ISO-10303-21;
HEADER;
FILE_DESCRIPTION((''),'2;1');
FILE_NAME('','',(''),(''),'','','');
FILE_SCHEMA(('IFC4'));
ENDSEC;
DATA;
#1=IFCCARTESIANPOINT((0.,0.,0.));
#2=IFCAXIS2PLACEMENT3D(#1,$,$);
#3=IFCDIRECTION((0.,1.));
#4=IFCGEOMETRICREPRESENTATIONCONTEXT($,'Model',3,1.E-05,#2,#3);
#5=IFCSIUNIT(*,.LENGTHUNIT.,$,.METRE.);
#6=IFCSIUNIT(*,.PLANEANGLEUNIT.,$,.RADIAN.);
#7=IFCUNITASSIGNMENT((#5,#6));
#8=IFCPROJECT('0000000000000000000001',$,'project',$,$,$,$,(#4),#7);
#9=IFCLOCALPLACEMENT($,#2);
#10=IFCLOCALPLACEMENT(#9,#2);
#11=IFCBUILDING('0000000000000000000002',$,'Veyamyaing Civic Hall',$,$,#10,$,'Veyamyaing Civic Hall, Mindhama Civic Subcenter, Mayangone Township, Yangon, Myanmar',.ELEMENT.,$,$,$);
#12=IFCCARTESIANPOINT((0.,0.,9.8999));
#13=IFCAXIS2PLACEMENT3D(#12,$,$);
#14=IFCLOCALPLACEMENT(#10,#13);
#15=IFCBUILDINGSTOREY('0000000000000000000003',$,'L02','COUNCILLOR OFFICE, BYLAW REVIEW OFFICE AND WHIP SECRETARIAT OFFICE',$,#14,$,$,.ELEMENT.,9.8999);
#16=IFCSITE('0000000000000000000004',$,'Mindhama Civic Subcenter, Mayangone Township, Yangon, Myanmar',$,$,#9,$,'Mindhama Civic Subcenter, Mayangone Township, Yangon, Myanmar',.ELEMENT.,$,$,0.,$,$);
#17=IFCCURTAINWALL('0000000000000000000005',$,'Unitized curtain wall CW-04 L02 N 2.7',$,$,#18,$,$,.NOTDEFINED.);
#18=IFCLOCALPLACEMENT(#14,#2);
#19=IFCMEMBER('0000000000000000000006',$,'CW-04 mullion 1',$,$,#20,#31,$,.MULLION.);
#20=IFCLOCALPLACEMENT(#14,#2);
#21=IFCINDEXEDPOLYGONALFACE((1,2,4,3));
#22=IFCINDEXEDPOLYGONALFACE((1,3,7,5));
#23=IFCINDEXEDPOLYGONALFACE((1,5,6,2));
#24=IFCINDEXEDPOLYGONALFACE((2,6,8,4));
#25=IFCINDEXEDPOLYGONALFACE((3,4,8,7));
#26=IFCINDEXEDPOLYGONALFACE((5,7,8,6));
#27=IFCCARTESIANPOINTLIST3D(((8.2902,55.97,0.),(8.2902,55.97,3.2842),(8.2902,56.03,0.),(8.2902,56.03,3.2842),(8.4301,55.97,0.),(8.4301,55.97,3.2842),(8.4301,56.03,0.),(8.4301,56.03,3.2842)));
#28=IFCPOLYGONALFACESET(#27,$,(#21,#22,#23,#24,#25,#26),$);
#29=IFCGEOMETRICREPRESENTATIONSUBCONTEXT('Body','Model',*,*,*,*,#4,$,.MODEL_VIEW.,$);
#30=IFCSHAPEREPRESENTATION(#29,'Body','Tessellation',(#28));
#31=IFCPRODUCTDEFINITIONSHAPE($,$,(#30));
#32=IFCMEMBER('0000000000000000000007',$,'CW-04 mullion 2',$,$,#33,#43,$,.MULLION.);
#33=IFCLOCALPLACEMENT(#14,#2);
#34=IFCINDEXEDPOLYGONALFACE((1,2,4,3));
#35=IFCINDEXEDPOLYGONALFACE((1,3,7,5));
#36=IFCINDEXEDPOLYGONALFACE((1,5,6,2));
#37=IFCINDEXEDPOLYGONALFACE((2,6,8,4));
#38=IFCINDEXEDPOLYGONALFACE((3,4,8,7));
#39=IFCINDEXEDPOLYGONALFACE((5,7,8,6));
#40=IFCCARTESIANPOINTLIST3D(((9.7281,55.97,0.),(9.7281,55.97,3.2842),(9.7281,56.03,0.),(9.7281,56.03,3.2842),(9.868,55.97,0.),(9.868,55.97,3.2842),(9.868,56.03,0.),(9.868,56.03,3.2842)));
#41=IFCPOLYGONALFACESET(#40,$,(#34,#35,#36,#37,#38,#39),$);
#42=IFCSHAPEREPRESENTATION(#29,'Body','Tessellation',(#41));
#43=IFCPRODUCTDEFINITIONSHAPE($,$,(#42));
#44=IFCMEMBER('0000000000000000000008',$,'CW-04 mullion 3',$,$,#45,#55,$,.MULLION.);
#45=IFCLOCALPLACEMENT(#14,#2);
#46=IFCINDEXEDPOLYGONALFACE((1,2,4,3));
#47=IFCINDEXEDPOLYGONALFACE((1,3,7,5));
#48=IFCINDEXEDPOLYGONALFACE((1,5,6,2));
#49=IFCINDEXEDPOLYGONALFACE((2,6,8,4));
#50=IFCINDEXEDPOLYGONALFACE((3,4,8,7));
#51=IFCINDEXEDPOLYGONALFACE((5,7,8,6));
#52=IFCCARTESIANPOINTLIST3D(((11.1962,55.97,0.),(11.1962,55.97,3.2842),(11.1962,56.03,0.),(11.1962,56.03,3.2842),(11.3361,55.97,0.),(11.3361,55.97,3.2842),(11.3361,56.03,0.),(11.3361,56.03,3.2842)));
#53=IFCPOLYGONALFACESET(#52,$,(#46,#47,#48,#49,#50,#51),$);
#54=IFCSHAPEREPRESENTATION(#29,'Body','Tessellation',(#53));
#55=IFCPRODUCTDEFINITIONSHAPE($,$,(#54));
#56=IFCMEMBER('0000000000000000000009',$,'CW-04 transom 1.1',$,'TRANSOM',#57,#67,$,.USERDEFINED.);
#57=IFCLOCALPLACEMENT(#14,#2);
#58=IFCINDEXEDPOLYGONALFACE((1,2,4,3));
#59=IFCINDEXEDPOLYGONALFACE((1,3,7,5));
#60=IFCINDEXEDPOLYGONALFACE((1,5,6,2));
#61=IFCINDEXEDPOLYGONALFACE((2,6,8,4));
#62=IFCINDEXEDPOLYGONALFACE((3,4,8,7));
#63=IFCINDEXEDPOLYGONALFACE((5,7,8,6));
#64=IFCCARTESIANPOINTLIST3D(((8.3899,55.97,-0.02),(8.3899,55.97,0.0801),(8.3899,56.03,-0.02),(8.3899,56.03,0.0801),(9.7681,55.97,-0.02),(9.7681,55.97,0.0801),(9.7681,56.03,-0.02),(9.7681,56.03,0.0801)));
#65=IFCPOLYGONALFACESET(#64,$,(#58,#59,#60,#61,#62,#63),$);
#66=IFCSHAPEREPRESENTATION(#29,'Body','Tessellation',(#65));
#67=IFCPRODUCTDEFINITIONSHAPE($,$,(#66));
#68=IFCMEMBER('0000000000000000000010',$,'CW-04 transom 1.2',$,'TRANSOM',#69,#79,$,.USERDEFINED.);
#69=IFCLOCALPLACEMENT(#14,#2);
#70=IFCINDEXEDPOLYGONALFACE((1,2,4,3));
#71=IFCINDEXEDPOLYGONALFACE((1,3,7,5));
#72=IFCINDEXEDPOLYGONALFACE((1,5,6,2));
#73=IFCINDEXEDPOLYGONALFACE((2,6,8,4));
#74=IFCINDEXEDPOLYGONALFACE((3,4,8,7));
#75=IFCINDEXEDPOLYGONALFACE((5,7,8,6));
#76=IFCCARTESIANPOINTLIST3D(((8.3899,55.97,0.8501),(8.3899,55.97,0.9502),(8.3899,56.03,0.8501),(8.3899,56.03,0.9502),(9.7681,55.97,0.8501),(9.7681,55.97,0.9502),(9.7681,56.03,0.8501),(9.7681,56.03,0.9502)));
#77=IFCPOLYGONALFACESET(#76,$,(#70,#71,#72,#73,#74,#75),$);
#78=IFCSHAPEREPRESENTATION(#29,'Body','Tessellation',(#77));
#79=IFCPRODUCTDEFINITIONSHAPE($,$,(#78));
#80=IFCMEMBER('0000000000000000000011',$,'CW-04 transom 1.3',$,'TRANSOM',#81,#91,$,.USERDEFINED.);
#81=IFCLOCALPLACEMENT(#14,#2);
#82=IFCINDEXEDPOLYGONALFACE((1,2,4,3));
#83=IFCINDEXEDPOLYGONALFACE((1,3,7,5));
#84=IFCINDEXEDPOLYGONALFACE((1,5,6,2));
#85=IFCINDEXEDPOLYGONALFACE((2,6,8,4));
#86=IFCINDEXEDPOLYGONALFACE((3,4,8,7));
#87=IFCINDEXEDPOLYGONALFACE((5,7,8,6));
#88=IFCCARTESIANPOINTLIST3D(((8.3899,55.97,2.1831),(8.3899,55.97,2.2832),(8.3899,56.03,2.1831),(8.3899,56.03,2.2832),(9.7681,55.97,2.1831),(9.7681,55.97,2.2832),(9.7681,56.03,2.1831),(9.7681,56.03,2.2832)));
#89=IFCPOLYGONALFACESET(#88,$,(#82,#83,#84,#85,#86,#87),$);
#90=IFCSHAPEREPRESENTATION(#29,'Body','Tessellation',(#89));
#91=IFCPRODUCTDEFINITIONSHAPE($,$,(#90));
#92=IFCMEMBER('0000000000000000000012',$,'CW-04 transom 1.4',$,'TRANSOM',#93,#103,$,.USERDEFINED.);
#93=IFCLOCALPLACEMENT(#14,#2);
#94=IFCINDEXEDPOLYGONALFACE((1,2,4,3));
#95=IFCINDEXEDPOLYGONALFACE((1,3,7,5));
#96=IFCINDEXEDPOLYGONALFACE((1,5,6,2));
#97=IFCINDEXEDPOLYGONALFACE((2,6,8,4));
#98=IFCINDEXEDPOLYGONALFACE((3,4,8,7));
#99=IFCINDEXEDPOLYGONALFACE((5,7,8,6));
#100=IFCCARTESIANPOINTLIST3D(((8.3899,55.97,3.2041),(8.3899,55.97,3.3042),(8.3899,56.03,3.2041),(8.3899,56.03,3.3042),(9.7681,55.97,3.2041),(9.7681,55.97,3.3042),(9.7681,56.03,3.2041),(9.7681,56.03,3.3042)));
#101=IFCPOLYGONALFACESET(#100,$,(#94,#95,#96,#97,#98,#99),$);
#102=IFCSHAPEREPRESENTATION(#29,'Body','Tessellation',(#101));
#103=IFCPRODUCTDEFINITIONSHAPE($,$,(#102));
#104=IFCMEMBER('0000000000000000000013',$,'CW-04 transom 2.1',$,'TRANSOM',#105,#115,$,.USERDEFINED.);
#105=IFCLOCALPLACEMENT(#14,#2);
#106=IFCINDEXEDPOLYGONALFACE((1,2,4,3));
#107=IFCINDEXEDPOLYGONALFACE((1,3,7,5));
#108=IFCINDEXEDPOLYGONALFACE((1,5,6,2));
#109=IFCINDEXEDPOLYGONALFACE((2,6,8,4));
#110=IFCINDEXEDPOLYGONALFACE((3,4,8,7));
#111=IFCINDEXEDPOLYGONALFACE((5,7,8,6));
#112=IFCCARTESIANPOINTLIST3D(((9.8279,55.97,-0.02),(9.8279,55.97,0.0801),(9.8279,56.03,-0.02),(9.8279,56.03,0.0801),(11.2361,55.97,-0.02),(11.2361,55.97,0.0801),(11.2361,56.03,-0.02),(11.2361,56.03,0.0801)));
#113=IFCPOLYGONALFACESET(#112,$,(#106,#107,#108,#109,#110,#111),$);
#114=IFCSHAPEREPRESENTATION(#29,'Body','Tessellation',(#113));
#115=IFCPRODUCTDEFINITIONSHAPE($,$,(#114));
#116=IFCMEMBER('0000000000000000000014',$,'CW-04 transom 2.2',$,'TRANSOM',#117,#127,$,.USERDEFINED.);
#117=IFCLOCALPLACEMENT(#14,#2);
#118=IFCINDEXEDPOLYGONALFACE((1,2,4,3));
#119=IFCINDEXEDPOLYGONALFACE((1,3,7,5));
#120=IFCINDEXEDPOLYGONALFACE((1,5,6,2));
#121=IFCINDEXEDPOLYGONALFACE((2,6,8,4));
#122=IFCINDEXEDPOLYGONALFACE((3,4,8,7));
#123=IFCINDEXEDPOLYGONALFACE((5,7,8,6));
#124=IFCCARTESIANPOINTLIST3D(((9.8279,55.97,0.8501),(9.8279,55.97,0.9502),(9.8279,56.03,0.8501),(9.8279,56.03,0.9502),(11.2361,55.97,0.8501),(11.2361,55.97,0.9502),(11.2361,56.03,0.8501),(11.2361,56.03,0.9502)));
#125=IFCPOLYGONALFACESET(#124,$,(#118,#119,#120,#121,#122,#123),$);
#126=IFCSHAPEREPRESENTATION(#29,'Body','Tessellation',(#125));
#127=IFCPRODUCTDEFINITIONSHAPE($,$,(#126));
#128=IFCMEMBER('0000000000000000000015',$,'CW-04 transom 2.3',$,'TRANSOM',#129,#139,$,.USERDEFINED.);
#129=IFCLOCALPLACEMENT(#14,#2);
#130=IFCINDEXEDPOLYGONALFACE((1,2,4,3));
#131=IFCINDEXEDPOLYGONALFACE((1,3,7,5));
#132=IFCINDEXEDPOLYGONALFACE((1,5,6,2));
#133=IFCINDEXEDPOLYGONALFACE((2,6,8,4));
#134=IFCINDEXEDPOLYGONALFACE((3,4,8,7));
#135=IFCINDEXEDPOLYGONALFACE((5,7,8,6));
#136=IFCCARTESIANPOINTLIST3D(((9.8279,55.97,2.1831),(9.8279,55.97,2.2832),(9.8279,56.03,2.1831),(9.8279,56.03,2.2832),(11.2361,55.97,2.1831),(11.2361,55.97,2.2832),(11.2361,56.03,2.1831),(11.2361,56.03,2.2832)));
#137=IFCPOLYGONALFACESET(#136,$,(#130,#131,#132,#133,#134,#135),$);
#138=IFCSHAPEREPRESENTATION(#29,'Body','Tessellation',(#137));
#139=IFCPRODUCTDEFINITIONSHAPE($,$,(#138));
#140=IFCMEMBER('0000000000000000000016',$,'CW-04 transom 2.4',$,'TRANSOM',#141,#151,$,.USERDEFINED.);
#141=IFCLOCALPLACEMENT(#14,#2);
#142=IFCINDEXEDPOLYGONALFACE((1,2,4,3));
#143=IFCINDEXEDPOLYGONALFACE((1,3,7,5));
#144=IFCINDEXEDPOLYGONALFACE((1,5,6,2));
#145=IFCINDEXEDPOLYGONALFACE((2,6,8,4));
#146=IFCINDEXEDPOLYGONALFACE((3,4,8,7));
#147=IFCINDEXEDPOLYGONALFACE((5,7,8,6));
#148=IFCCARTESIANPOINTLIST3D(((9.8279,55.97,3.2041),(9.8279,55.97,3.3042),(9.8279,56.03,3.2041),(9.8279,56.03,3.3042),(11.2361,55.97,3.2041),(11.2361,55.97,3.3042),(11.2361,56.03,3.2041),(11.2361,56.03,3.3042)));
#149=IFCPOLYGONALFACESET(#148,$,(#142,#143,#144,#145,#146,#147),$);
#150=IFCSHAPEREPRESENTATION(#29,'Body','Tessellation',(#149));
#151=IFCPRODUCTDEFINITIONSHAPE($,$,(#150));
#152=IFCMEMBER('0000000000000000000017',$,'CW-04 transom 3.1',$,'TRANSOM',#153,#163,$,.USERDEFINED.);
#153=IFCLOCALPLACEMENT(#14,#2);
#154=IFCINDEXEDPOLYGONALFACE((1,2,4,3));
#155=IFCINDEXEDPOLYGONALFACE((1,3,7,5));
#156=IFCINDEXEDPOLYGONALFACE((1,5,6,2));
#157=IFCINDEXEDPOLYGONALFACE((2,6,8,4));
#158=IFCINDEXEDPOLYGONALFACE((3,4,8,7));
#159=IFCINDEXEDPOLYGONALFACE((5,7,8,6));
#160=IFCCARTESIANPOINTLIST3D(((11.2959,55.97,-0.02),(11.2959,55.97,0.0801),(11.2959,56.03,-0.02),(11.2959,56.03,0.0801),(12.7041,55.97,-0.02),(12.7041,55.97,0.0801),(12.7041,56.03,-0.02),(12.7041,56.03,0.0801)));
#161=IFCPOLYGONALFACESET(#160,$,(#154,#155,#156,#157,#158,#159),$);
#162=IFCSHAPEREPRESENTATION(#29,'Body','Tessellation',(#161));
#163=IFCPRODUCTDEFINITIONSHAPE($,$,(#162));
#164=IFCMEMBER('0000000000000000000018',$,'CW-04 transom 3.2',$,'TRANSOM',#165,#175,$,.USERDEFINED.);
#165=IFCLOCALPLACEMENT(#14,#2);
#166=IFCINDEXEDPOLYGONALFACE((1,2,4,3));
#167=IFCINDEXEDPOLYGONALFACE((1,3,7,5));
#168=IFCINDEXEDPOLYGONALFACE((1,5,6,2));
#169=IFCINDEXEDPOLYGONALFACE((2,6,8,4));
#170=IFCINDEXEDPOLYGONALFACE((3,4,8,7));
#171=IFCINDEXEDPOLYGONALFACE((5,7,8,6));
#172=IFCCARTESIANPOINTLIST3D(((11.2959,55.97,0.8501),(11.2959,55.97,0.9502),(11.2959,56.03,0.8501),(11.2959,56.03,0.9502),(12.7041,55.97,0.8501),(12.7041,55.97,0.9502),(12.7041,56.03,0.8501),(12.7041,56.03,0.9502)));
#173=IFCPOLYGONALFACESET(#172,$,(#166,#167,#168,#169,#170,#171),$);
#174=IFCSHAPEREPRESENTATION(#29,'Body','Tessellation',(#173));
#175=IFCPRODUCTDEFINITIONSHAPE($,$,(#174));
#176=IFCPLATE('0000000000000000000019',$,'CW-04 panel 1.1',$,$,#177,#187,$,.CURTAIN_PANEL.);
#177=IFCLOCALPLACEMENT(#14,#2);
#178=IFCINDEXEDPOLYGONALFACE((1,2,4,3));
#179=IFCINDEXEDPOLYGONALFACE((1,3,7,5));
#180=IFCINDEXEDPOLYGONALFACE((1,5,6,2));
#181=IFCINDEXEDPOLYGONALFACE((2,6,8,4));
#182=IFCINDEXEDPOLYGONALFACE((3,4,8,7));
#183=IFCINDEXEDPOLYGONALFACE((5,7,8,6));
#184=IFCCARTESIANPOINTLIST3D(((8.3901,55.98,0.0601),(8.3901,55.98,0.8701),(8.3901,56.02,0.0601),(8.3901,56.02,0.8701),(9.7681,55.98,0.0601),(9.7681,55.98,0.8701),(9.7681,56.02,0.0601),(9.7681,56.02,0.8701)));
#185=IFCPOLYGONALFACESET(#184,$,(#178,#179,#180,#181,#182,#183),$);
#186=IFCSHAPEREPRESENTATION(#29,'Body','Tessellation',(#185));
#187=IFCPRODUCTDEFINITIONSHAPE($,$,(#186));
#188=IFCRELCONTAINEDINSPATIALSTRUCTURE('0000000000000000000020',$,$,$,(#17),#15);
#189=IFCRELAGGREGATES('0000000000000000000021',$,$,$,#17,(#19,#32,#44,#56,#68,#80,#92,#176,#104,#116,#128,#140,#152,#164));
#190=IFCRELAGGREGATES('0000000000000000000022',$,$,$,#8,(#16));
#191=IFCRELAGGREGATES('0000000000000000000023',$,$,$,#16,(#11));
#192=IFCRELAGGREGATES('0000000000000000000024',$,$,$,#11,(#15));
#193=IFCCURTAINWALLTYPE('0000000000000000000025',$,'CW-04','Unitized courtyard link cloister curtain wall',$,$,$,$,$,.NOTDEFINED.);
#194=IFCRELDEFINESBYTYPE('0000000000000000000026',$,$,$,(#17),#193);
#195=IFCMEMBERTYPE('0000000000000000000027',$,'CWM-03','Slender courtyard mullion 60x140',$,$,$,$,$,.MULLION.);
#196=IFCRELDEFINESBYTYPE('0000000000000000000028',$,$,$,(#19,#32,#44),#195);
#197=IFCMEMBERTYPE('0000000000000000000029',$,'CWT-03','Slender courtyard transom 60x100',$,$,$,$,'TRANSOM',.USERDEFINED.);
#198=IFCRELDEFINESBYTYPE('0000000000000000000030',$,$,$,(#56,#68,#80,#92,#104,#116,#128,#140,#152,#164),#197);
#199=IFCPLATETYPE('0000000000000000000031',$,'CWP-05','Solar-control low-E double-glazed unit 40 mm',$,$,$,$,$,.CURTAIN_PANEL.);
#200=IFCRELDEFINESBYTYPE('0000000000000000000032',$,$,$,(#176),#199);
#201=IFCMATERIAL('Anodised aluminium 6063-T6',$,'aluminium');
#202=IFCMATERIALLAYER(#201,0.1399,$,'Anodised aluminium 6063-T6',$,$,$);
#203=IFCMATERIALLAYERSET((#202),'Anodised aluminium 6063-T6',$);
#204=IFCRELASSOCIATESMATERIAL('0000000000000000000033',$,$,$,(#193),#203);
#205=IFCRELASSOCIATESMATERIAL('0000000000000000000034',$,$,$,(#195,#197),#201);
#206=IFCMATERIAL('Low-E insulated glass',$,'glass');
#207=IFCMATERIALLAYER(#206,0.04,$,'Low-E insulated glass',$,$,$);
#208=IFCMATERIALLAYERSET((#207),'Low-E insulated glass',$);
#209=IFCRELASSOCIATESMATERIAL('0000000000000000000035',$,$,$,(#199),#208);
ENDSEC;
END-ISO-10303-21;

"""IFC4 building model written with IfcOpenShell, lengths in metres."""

from ifc_helpers import new_model, si_unit, direction, frame, origin, origin_2d, place, context, subcontext, project, spatial, rectangle, extrude, material, layer, layer_set, material_profile, profile_set, type_object, element, aggregate, save


model = new_model("IFC4")

# Units and contexts
model_context = context("Model", 3, precision=1e-05, world=origin(), true_north=direction((0.0, 1.0)))
body_context = subcontext(model_context, "Body", "Model", "MODEL_VIEW")
ifc_project = project(units=[si_unit("LENGTHUNIT", "METRE"), si_unit("PLANEANGLEUNIT", "RADIAN")], contexts=[model_context])

# Site, building, storey
site_placement = place(None, origin())
site = spatial("IfcSite", under=ifc_project, at=site_placement, Name="Mindhama Civic Subcenter, Mayangone Township, Yangon, Myanmar", LongName="Mindhama Civic Subcenter, Mayangone Township, Yangon, Myanmar", CompositionType="ELEMENT", RefElevation=0.0)
building_placement = place(site_placement, origin())
building = spatial("IfcBuilding", under=site, at=building_placement, Name="Veyamyaing Civic Hall", LongName="Veyamyaing Civic Hall, Mindhama Civic Subcenter, Mayangone Township, Yangon, Myanmar", CompositionType="ELEMENT")
storey_placement = place(building_placement, frame((0.0, 0.0, 9.8999)))
storey = spatial("IfcBuildingStorey", under=building, at=storey_placement, Name="L02", Description="COUNCILLOR OFFICE, BYLAW REVIEW OFFICE AND WHIP SECRETARIAT OFFICE", CompositionType="ELEMENT", Elevation=9.8999)

# Curtain wall, members, plate
ifc_material_1 = material(Name="Anodised aluminium 6063-T6", Category="aluminium")
ifc_layer_1 = layer(ifc_material_1, 0.1399, Name="Anodised aluminium 6063-T6")
ifc_layer_set_1 = layer_set([ifc_layer_1], Name="Anodised aluminium 6063-T6")
curtain_wall_type = type_object("IfcCurtainWallType", Name="CW-04", Description="Unitized courtyard link cloister curtain wall", PredefinedType="NOTDEFINED", material=ifc_layer_set_1)
curtain_wall_placement = place(storey_placement, origin())
curtain_wall = element("IfcCurtainWall", 1, at=curtain_wall_placement, inside=storey, type_object=curtain_wall_type, Name="Unitized curtain wall CW-04 L02 N 2.7", PredefinedType="NOTDEFINED")
ifc_material_profile_1 = material_profile(ifc_material_1, rectangle(XDim=0.0601, YDim=0.1399, at=origin_2d()), Name="ALU-MUL-60X140")
ifc_profile_set_1 = profile_set([ifc_material_profile_1], Name="Anodised aluminium 6063-T6")
member_type_1 = type_object("IfcMemberType", Name="CWM-03", Description="Slender courtyard mullion 60x140", PredefinedType="MULLION", material=ifc_profile_set_1)
member_1_placement = place(storey_placement, frame((8.3601, 56.0, 0.0), z_axis=(0.0, 0.0, 1.0), x_axis=(0.0, 1.0, 0.0)))
member_1 = element("IfcMember", 2, at=member_1_placement, type_object=member_type_1, Name="CW-04 mullion 1", PredefinedType="MULLION", context=body_context, shape_type="SweptSolid", body=[
    extrude(rectangle(XDim=0.0601, YDim=0.1399, at=origin_2d()), origin(), (0.0, 0.0, 1.0), 3.2842),
])
member_2_placement = place(storey_placement, frame((9.7981, 56.0, 0.0), z_axis=(0.0, 0.0, 1.0), x_axis=(0.0, 1.0, 0.0)))
member_2 = element("IfcMember", 3, at=member_2_placement, type_object=member_type_1, Name="CW-04 mullion 2", PredefinedType="MULLION", context=body_context, shape_type="SweptSolid", body=[
    extrude(rectangle(XDim=0.0601, YDim=0.1399, at=origin_2d()), origin(), (0.0, 0.0, 1.0), 3.2842),
])
member_3_placement = place(storey_placement, frame((11.2661, 56.0, 0.0), z_axis=(0.0, 0.0, 1.0), x_axis=(0.0, 1.0, 0.0)))
member_3 = element("IfcMember", 4, at=member_3_placement, type_object=member_type_1, Name="CW-04 mullion 3", PredefinedType="MULLION", context=body_context, shape_type="SweptSolid", body=[
    extrude(rectangle(XDim=0.0601, YDim=0.1399, at=origin_2d()), origin(), (0.0, 0.0, 1.0), 3.2842),
])
ifc_material_profile_2 = material_profile(ifc_material_1, rectangle(XDim=0.0601, YDim=0.1001, at=origin_2d()), Name="ALU-TRN-60X100")
ifc_profile_set_2 = profile_set([ifc_material_profile_2], Name="Anodised aluminium 6063-T6")
member_type_2 = type_object("IfcMemberType", Name="CWT-03", Description="Slender courtyard transom 60x100", ElementType="TRANSOM", PredefinedType="USERDEFINED", material=ifc_profile_set_2)
member_4_placement = place(storey_placement, frame((8.3899, 56.0, 0.03), z_axis=(1.0, 0.0, 0.0), x_axis=(0.0, 1.0, 0.0)))
member_4 = element("IfcMember", 5, at=member_4_placement, type_object=member_type_2, Name="CW-04 transom 1.1", ObjectType="TRANSOM", PredefinedType="USERDEFINED", context=body_context, shape_type="SweptSolid", body=[
    extrude(rectangle(XDim=0.0601, YDim=0.1001, at=origin_2d()), origin(), (0.0, 0.0, 1.0), 1.3782),
])
member_5_placement = place(storey_placement, frame((8.3899, 56.0, 0.9001), z_axis=(1.0, 0.0, 0.0), x_axis=(0.0, 1.0, 0.0)))
member_5 = element("IfcMember", 6, at=member_5_placement, type_object=member_type_2, Name="CW-04 transom 1.2", ObjectType="TRANSOM", PredefinedType="USERDEFINED", context=body_context, shape_type="SweptSolid", body=[
    extrude(rectangle(XDim=0.0601, YDim=0.1001, at=origin_2d()), origin(), (0.0, 0.0, 1.0), 1.3782),
])
member_6_placement = place(storey_placement, frame((8.3899, 56.0, 2.2332), z_axis=(1.0, 0.0, 0.0), x_axis=(0.0, 1.0, 0.0)))
member_6 = element("IfcMember", 7, at=member_6_placement, type_object=member_type_2, Name="CW-04 transom 1.3", ObjectType="TRANSOM", PredefinedType="USERDEFINED", context=body_context, shape_type="SweptSolid", body=[
    extrude(rectangle(XDim=0.0601, YDim=0.1001, at=origin_2d()), origin(), (0.0, 0.0, 1.0), 1.3782),
])
member_7_placement = place(storey_placement, frame((8.3899, 56.0, 3.2542), z_axis=(1.0, 0.0, 0.0), x_axis=(0.0, 1.0, 0.0)))
member_7 = element("IfcMember", 8, at=member_7_placement, type_object=member_type_2, Name="CW-04 transom 1.4", ObjectType="TRANSOM", PredefinedType="USERDEFINED", context=body_context, shape_type="SweptSolid", body=[
    extrude(rectangle(XDim=0.0601, YDim=0.1001, at=origin_2d()), origin(), (0.0, 0.0, 1.0), 1.3782),
])
member_8_placement = place(storey_placement, frame((9.8279, 56.0, 0.03), z_axis=(1.0, 0.0, 0.0), x_axis=(0.0, 1.0, 0.0)))
member_8 = element("IfcMember", 9, at=member_8_placement, type_object=member_type_2, Name="CW-04 transom 2.1", ObjectType="TRANSOM", PredefinedType="USERDEFINED", context=body_context, shape_type="SweptSolid", body=[
    extrude(rectangle(XDim=0.0601, YDim=0.1001, at=origin_2d()), origin(), (0.0, 0.0, 1.0), 1.4082),
])
member_9_placement = place(storey_placement, frame((9.8279, 56.0, 0.9001), z_axis=(1.0, 0.0, 0.0), x_axis=(0.0, 1.0, 0.0)))
member_9 = element("IfcMember", 10, at=member_9_placement, type_object=member_type_2, Name="CW-04 transom 2.2", ObjectType="TRANSOM", PredefinedType="USERDEFINED", context=body_context, shape_type="SweptSolid", body=[
    extrude(rectangle(XDim=0.0601, YDim=0.1001, at=origin_2d()), origin(), (0.0, 0.0, 1.0), 1.4082),
])
member_10_placement = place(storey_placement, frame((9.8279, 56.0, 2.2332), z_axis=(1.0, 0.0, 0.0), x_axis=(0.0, 1.0, 0.0)))
member_10 = element("IfcMember", 11, at=member_10_placement, type_object=member_type_2, Name="CW-04 transom 2.3", ObjectType="TRANSOM", PredefinedType="USERDEFINED", context=body_context, shape_type="SweptSolid", body=[
    extrude(rectangle(XDim=0.0601, YDim=0.1001, at=origin_2d()), origin(), (0.0, 0.0, 1.0), 1.4082),
])
member_11_placement = place(storey_placement, frame((9.8279, 56.0, 3.2542), z_axis=(1.0, 0.0, 0.0), x_axis=(0.0, 1.0, 0.0)))
member_11 = element("IfcMember", 12, at=member_11_placement, type_object=member_type_2, Name="CW-04 transom 2.4", ObjectType="TRANSOM", PredefinedType="USERDEFINED", context=body_context, shape_type="SweptSolid", body=[
    extrude(rectangle(XDim=0.0601, YDim=0.1001, at=origin_2d()), origin(), (0.0, 0.0, 1.0), 1.4082),
])
member_12_placement = place(storey_placement, frame((11.2959, 56.0, 0.03), z_axis=(1.0, 0.0, 0.0), x_axis=(0.0, 1.0, 0.0)))
member_12 = element("IfcMember", 13, at=member_12_placement, type_object=member_type_2, Name="CW-04 transom 3.1", ObjectType="TRANSOM", PredefinedType="USERDEFINED", context=body_context, shape_type="SweptSolid", body=[
    extrude(rectangle(XDim=0.0601, YDim=0.1001, at=origin_2d()), origin(), (0.0, 0.0, 1.0), 1.4082),
])
member_13_placement = place(storey_placement, frame((11.2959, 56.0, 0.9001), z_axis=(1.0, 0.0, 0.0), x_axis=(0.0, 1.0, 0.0)))
member_13 = element("IfcMember", 14, at=member_13_placement, type_object=member_type_2, Name="CW-04 transom 3.2", ObjectType="TRANSOM", PredefinedType="USERDEFINED", context=body_context, shape_type="SweptSolid", body=[
    extrude(rectangle(XDim=0.0601, YDim=0.1001, at=origin_2d()), origin(), (0.0, 0.0, 1.0), 1.4082),
])
ifc_material_2 = material(Name="Low-E insulated glass", Category="glass")
ifc_layer_2 = layer(ifc_material_2, 0.04, Name="Low-E insulated glass")
ifc_layer_set_2 = layer_set([ifc_layer_2], Name="Low-E insulated glass")
plate_type = type_object("IfcPlateType", Name="CWP-05", Description="Solar-control low-E double-glazed unit 40 mm", PredefinedType="CURTAIN_PANEL", material=ifc_layer_set_2)
plate_1_placement = place(storey_placement, frame((9.0791, 56.0, 0.0601), z_axis=(0.0, 0.0, 1.0), x_axis=(1.0, 0.0, 0.0)))
plate_1 = element("IfcPlate", 15, at=plate_1_placement, type_object=plate_type, Name="CW-04 panel 1.1", PredefinedType="CURTAIN_PANEL", context=body_context, shape_type="SweptSolid", body=[
    extrude(rectangle(XDim=1.3779, YDim=0.04, at=origin_2d()), origin(), (0.0, 0.0, 1.0), 0.8101),
])
aggregate(curtain_wall, [member_1, member_2, member_3, member_4, member_5, member_6, member_7, plate_1, member_8, member_9, member_10, member_11, member_12, member_13])

save(model, "model.ifc")
